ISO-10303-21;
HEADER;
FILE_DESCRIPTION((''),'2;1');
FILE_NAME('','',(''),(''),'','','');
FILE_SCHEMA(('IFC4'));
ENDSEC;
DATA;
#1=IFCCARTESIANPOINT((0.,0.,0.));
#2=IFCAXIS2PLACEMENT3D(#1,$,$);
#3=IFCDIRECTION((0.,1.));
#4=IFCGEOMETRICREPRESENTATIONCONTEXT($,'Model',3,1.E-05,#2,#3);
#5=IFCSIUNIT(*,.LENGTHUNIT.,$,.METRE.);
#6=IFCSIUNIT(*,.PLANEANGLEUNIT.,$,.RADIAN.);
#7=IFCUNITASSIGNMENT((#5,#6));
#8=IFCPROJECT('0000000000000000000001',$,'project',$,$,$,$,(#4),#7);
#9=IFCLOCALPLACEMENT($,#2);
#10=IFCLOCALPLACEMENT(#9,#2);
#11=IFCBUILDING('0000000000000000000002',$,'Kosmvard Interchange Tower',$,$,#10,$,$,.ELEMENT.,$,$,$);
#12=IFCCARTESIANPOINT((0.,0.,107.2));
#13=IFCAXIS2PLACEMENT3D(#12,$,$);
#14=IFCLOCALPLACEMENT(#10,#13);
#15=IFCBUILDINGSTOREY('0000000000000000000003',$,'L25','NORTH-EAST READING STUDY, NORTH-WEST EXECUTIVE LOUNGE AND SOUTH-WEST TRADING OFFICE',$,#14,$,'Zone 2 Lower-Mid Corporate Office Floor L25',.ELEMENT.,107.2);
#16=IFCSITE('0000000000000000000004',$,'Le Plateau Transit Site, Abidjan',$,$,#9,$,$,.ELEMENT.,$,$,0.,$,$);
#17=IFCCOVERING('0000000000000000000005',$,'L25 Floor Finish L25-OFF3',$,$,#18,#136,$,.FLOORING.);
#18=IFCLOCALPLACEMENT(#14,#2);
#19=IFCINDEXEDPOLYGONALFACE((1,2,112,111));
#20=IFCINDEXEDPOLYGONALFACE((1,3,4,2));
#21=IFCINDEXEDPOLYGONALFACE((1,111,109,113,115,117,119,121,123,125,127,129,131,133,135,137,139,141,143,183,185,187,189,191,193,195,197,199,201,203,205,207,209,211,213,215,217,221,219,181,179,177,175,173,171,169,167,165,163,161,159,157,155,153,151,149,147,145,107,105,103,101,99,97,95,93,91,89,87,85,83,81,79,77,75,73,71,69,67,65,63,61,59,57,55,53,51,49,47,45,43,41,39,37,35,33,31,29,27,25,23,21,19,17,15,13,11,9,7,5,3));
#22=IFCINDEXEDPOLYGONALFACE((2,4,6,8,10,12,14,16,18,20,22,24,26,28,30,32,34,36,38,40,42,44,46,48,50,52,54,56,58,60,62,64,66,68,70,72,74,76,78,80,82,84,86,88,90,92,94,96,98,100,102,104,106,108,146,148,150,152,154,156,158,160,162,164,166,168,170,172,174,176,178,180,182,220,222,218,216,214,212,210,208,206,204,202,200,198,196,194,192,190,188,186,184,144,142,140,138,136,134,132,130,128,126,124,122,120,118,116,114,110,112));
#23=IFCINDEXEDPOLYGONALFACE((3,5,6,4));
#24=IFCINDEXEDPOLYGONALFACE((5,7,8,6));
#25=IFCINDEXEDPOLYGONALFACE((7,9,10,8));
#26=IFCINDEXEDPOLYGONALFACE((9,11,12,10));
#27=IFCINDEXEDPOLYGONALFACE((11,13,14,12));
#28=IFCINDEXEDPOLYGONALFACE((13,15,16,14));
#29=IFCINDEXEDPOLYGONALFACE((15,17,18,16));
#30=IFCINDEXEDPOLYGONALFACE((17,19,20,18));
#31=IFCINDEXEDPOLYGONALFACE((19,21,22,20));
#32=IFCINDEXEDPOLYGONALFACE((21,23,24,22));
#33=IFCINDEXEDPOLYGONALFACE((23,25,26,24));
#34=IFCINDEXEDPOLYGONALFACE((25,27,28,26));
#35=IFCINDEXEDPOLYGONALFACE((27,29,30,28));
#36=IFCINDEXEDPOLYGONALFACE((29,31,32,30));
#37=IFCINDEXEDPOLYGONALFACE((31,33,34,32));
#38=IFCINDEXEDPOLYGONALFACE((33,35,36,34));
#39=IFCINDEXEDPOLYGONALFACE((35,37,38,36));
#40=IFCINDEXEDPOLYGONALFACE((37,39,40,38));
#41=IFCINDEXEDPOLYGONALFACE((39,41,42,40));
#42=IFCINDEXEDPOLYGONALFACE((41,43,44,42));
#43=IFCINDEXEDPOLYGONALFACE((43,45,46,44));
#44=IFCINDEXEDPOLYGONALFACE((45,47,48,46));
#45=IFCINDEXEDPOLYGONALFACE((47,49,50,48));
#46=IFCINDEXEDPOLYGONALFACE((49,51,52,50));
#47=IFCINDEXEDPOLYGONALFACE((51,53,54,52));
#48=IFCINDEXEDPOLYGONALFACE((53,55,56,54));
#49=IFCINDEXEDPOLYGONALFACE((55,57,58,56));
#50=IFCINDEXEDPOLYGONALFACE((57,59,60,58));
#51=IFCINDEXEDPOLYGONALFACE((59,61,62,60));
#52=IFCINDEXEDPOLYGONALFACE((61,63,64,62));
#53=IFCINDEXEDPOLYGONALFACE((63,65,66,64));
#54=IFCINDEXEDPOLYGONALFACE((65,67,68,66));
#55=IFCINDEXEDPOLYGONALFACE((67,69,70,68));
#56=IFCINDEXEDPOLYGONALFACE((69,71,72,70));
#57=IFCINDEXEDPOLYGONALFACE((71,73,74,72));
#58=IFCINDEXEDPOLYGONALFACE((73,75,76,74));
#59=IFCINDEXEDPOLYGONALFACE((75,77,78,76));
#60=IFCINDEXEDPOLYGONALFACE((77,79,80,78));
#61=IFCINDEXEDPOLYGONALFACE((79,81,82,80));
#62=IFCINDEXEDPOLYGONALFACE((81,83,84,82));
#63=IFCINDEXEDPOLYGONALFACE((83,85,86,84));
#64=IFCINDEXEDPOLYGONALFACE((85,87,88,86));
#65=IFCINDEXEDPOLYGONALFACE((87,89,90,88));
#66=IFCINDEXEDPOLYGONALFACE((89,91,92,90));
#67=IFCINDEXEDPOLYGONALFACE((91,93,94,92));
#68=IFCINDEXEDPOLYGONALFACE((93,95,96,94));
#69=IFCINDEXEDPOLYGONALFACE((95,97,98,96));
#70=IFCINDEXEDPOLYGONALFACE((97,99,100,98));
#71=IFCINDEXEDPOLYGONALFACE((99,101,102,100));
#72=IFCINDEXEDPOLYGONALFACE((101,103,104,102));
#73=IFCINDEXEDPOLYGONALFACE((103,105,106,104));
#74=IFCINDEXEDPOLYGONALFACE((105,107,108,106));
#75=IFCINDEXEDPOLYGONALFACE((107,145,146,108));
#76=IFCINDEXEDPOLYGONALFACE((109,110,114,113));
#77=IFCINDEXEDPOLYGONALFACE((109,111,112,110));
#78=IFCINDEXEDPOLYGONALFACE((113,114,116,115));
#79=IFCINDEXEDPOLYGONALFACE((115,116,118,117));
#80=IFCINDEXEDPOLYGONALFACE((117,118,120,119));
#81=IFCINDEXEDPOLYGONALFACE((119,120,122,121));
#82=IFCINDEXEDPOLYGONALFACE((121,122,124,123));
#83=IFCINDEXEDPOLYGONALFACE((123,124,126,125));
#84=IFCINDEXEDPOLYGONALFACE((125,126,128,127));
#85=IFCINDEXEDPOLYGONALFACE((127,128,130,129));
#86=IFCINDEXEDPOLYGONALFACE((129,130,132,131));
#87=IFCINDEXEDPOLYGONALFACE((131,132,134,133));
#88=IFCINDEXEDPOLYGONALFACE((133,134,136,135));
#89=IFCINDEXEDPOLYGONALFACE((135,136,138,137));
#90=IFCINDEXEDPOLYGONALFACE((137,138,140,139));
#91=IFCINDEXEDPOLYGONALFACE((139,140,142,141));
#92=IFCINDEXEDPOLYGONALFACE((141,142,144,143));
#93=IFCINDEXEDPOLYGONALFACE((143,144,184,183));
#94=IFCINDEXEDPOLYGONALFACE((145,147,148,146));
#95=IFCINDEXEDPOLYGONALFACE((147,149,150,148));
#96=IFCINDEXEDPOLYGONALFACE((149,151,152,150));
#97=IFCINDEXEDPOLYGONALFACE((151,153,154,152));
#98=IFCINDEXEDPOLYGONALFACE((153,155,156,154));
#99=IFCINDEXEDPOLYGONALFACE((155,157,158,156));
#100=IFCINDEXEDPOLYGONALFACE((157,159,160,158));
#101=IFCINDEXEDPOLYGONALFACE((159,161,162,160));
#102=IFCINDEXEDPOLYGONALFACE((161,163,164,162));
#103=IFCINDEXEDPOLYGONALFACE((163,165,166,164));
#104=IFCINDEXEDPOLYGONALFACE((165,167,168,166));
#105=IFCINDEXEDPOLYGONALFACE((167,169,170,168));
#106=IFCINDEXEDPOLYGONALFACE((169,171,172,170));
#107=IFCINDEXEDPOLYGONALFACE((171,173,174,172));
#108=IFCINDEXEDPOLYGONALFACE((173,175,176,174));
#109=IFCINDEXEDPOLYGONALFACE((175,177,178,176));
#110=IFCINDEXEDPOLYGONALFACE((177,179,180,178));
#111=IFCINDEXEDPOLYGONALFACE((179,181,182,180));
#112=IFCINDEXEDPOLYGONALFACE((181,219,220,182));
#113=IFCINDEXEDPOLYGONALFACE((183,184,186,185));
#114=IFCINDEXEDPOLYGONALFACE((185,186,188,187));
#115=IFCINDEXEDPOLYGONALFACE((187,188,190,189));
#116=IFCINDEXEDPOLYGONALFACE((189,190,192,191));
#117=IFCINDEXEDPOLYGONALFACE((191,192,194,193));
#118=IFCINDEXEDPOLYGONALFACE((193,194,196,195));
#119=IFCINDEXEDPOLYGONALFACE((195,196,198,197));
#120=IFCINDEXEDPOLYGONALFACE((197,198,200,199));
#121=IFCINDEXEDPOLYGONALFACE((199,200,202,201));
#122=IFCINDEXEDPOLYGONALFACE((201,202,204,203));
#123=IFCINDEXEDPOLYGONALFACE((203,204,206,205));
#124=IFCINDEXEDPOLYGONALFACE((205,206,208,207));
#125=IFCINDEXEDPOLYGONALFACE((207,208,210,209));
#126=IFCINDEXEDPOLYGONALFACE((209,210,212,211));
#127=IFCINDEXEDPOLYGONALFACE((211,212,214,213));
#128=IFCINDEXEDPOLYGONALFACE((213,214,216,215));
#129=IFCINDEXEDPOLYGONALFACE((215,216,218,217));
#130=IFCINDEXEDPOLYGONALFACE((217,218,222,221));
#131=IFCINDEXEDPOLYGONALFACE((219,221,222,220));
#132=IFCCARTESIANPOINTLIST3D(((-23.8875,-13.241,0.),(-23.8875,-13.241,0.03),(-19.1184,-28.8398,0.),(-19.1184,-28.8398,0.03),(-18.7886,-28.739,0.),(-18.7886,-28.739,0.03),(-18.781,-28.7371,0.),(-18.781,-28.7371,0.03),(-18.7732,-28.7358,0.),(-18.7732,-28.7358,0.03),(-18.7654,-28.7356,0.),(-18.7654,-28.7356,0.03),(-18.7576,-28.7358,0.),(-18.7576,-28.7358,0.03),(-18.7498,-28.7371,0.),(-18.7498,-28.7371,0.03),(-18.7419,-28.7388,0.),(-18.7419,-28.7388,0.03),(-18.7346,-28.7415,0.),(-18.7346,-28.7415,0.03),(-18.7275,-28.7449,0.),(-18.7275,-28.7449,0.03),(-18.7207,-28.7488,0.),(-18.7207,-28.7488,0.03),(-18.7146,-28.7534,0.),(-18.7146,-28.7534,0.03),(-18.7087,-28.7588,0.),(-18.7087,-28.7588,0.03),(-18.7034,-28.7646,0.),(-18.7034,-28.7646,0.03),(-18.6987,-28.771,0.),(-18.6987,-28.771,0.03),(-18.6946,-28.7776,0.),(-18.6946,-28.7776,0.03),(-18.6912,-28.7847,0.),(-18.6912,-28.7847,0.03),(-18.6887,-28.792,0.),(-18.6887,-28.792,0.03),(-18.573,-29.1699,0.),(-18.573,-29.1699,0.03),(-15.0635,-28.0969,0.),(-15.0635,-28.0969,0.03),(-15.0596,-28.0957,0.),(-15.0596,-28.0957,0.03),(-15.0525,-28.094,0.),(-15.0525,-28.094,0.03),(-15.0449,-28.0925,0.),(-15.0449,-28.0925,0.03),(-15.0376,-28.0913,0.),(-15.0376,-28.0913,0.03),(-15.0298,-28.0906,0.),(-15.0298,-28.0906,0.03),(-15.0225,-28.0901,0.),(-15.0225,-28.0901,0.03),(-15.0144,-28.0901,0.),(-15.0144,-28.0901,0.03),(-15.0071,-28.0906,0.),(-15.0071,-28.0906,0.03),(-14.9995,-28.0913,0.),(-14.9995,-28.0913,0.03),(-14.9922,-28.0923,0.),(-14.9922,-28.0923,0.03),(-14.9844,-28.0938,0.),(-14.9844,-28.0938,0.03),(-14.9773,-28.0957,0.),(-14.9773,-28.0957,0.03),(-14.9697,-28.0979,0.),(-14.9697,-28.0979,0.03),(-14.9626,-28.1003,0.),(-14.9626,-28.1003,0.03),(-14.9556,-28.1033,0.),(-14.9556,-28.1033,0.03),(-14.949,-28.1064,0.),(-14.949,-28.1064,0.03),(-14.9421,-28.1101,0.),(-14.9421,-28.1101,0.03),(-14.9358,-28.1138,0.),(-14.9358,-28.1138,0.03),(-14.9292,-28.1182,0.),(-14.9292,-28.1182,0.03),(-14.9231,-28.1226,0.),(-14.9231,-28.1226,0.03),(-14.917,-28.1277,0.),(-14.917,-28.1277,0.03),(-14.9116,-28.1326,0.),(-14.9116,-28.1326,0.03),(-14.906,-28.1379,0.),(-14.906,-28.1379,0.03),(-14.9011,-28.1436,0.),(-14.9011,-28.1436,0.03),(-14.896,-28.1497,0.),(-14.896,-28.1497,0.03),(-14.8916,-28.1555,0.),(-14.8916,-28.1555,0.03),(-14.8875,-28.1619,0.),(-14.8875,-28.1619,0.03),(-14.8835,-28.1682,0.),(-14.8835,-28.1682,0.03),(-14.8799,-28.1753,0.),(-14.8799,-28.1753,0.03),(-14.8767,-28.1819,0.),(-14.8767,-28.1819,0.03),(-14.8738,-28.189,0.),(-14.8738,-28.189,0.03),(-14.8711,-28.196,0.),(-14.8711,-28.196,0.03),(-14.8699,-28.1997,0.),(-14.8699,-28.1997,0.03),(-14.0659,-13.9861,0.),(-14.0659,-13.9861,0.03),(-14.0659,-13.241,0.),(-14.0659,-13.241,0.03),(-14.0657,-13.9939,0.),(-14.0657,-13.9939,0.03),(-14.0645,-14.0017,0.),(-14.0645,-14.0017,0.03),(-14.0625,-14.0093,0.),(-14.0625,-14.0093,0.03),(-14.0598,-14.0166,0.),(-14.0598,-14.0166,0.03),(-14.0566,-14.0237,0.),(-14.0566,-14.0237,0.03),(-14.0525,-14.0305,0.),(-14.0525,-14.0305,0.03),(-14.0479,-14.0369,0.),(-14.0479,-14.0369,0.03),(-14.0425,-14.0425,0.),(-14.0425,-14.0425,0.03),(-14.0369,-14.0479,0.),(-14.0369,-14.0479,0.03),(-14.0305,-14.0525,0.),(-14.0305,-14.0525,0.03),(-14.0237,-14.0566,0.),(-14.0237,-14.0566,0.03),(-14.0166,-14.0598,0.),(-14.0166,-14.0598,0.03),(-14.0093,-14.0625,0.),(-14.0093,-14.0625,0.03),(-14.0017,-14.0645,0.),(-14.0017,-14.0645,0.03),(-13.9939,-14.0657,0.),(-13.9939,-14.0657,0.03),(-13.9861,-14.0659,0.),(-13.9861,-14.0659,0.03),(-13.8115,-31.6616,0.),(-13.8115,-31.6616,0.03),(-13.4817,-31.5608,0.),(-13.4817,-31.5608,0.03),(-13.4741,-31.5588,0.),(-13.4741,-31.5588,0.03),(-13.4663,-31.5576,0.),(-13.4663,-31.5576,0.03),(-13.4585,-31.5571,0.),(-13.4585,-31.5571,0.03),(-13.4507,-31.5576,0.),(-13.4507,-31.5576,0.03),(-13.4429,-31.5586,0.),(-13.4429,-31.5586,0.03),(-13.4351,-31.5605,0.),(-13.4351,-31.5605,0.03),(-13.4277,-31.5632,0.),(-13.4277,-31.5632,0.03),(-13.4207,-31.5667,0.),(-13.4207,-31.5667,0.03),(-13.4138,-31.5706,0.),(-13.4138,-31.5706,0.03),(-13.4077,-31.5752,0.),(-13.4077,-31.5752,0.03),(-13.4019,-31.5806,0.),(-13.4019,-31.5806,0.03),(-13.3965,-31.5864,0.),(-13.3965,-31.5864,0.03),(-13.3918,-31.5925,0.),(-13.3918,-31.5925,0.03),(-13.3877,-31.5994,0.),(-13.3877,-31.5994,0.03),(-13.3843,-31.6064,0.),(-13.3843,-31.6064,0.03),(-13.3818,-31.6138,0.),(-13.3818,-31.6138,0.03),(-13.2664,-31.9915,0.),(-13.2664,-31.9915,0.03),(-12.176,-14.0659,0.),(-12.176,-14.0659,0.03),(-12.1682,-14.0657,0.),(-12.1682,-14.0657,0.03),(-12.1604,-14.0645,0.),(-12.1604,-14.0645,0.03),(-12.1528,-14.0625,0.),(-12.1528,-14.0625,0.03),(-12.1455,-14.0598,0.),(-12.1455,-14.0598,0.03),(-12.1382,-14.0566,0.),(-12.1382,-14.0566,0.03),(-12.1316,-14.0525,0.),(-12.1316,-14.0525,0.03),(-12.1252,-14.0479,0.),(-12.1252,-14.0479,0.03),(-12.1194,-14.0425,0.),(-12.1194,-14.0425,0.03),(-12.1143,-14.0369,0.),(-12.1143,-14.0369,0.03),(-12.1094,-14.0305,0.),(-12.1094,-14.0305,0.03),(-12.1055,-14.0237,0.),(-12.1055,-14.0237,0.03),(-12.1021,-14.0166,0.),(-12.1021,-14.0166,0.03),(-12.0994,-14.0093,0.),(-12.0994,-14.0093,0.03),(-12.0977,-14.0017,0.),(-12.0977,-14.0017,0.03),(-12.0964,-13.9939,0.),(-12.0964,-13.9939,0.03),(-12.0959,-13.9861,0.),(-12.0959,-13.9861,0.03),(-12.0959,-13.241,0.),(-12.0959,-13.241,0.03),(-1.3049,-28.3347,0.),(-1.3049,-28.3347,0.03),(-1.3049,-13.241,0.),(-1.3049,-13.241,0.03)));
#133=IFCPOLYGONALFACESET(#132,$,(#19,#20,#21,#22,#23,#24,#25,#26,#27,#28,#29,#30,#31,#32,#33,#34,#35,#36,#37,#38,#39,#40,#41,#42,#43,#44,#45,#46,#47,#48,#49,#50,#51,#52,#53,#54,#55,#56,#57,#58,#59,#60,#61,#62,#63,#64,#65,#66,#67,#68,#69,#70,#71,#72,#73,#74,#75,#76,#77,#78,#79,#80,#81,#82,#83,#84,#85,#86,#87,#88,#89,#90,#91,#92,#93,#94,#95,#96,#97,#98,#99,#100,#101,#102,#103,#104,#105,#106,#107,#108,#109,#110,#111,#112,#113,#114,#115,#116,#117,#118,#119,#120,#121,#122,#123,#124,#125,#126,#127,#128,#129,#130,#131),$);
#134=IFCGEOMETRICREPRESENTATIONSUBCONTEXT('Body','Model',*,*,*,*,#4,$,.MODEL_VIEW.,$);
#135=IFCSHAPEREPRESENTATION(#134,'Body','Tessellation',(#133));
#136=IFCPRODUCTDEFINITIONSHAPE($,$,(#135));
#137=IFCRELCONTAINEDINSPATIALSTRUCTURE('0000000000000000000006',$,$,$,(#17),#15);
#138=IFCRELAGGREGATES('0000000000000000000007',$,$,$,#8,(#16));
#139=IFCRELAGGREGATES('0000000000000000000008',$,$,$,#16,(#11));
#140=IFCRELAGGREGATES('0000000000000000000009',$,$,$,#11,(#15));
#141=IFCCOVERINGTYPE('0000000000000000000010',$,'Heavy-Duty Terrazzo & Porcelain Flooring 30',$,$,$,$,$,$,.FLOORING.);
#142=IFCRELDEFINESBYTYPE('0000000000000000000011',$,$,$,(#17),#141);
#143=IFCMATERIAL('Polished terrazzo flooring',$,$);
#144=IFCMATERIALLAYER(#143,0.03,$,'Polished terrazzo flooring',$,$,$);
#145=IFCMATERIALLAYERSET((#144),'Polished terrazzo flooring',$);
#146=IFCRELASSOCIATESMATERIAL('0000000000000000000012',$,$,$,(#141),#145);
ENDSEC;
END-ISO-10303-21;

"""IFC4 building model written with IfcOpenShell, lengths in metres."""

from ifc_helpers import new_model, si_unit, direction, frame, origin, place, context, subcontext, project, spatial, polyline, outline, extrude, material, layer, layer_set, type_object, element, save


model = new_model("IFC4")

# Units and contexts
model_context = context("Model", 3, precision=1e-05, world=origin(), true_north=direction((0.0, 1.0)))
body_context = subcontext(model_context, "Body", "Model", "MODEL_VIEW")
ifc_project = project(units=[si_unit("LENGTHUNIT", "METRE"), si_unit("PLANEANGLEUNIT", "RADIAN")], contexts=[model_context])

# Site, building, storey
site_placement = place(None, origin())
site = spatial("IfcSite", under=ifc_project, at=site_placement, Name="Le Plateau Transit Site, Abidjan", CompositionType="ELEMENT", RefElevation=0.0)
building_placement = place(site_placement, origin())
building = spatial("IfcBuilding", under=site, at=building_placement, Name="Kosmvard Interchange Tower", CompositionType="ELEMENT")
storey_placement = place(building_placement, frame((0.0, 0.0, 107.2)))
storey = spatial("IfcBuildingStorey", under=building, at=storey_placement, Name="L25", Description="NORTH-EAST READING STUDY, NORTH-WEST EXECUTIVE LOUNGE AND SOUTH-WEST TRADING OFFICE", LongName="Zone 2 Lower-Mid Corporate Office Floor L25", CompositionType="ELEMENT", Elevation=107.2)

# Covering
ifc_material_1 = material(Name="Polished terrazzo flooring")
ifc_layer_1 = layer(ifc_material_1, 0.03, Name="Polished terrazzo flooring")
ifc_layer_set_1 = layer_set([ifc_layer_1], Name="Polished terrazzo flooring")
covering_type_1 = type_object("IfcCoveringType", Name="Heavy-Duty Terrazzo & Porcelain Flooring 30", PredefinedType="FLOORING", material=ifc_layer_set_1)
covering_1_placement = place(storey_placement, origin())
element("IfcCovering", 1, at=covering_1_placement, inside=storey, type_object=covering_type_1, Name="L25 Floor Finish L25-OFF3", PredefinedType="FLOORING", context=body_context, shape_type="SweptSolid", body=[
    extrude(outline(polyline([(-13.8115, -31.6616), (-13.4817, -31.5608), (-13.4741, -31.5588), (-13.4663, -31.5576), (-13.4585, -31.5571), (-13.4507, -31.5576), (-13.4429, -31.5586), (-13.4351, -31.5605), (-13.4277, -31.5632), (-13.4207, -31.5667), (-13.4138, -31.5706), (-13.4077, -31.5752), (-13.4019, -31.5806), (-13.3965, -31.5864), (-13.3918, -31.5925), (-13.3877, -31.5994), (-13.3843, -31.6064), (-13.3818, -31.6138), (-13.2664, -31.9915), (-1.3049, -28.3347), (-1.3049, -13.241), (-12.0959, -13.241), (-12.0959, -13.9861), (-12.0964, -13.9939), (-12.0977, -14.0017), (-12.0994, -14.0093), (-12.1021, -14.0166), (-12.1055, -14.0237), (-12.1094, -14.0305), (-12.1143, -14.0369), (-12.1194, -14.0425), (-12.1252, -14.0479), (-12.1316, -14.0525), (-12.1382, -14.0566), (-12.1455, -14.0598), (-12.1528, -14.0625), (-12.1604, -14.0645), (-12.1682, -14.0657), (-12.176, -14.0659), (-13.9861, -14.0659), (-13.9939, -14.0657), (-14.0017, -14.0645), (-14.0093, -14.0625), (-14.0166, -14.0598), (-14.0237, -14.0566), (-14.0305, -14.0525), (-14.0369, -14.0479), (-14.0425, -14.0425), (-14.0479, -14.0369), (-14.0525, -14.0305), (-14.0566, -14.0237), (-14.0598, -14.0166), (-14.0625, -14.0093), (-14.0645, -14.0017), (-14.0657, -13.9939), (-14.0659, -13.9861), (-14.0659, -13.241), (-23.8875, -13.241), (-19.1184, -28.8398), (-18.7886, -28.739), (-18.781, -28.7371), (-18.7732, -28.7358), (-18.7654, -28.7356), (-18.7576, -28.7358), (-18.7498, -28.7371), (-18.7419, -28.7388), (-18.7346, -28.7415), (-18.7275, -28.7449), (-18.7207, -28.7488), (-18.7146, -28.7534), (-18.7087, -28.7588), (-18.7034, -28.7646), (-18.6987, -28.771), (-18.6946, -28.7776), (-18.6912, -28.7847), (-18.6887, -28.792), (-18.573, -29.1699), (-15.0635, -28.0969), (-15.0596, -28.0957), (-15.0525, -28.094), (-15.0449, -28.0925), (-15.0376, -28.0913), (-15.0298, -28.0906), (-15.0225, -28.0901), (-15.0144, -28.0901), (-15.0071, -28.0906), (-14.9995, -28.0913), (-14.9922, -28.0923), (-14.9844, -28.0938), (-14.9773, -28.0957), (-14.9697, -28.0979), (-14.9626, -28.1003), (-14.9556, -28.1033), (-14.949, -28.1064), (-14.9421, -28.1101), (-14.9358, -28.1138), (-14.9292, -28.1182), (-14.9231, -28.1226), (-14.917, -28.1277), (-14.9116, -28.1326), (-14.906, -28.1379), (-14.9011, -28.1436), (-14.896, -28.1497), (-14.8916, -28.1555), (-14.8875, -28.1619), (-14.8835, -28.1682), (-14.8799, -28.1753), (-14.8767, -28.1819), (-14.8738, -28.189), (-14.8711, -28.196), (-14.8699, -28.1997), (-13.8115, -31.6616)])), origin(), (0.0, 0.0, 1.0), 0.03),
])

save(model, "model.ifc")
